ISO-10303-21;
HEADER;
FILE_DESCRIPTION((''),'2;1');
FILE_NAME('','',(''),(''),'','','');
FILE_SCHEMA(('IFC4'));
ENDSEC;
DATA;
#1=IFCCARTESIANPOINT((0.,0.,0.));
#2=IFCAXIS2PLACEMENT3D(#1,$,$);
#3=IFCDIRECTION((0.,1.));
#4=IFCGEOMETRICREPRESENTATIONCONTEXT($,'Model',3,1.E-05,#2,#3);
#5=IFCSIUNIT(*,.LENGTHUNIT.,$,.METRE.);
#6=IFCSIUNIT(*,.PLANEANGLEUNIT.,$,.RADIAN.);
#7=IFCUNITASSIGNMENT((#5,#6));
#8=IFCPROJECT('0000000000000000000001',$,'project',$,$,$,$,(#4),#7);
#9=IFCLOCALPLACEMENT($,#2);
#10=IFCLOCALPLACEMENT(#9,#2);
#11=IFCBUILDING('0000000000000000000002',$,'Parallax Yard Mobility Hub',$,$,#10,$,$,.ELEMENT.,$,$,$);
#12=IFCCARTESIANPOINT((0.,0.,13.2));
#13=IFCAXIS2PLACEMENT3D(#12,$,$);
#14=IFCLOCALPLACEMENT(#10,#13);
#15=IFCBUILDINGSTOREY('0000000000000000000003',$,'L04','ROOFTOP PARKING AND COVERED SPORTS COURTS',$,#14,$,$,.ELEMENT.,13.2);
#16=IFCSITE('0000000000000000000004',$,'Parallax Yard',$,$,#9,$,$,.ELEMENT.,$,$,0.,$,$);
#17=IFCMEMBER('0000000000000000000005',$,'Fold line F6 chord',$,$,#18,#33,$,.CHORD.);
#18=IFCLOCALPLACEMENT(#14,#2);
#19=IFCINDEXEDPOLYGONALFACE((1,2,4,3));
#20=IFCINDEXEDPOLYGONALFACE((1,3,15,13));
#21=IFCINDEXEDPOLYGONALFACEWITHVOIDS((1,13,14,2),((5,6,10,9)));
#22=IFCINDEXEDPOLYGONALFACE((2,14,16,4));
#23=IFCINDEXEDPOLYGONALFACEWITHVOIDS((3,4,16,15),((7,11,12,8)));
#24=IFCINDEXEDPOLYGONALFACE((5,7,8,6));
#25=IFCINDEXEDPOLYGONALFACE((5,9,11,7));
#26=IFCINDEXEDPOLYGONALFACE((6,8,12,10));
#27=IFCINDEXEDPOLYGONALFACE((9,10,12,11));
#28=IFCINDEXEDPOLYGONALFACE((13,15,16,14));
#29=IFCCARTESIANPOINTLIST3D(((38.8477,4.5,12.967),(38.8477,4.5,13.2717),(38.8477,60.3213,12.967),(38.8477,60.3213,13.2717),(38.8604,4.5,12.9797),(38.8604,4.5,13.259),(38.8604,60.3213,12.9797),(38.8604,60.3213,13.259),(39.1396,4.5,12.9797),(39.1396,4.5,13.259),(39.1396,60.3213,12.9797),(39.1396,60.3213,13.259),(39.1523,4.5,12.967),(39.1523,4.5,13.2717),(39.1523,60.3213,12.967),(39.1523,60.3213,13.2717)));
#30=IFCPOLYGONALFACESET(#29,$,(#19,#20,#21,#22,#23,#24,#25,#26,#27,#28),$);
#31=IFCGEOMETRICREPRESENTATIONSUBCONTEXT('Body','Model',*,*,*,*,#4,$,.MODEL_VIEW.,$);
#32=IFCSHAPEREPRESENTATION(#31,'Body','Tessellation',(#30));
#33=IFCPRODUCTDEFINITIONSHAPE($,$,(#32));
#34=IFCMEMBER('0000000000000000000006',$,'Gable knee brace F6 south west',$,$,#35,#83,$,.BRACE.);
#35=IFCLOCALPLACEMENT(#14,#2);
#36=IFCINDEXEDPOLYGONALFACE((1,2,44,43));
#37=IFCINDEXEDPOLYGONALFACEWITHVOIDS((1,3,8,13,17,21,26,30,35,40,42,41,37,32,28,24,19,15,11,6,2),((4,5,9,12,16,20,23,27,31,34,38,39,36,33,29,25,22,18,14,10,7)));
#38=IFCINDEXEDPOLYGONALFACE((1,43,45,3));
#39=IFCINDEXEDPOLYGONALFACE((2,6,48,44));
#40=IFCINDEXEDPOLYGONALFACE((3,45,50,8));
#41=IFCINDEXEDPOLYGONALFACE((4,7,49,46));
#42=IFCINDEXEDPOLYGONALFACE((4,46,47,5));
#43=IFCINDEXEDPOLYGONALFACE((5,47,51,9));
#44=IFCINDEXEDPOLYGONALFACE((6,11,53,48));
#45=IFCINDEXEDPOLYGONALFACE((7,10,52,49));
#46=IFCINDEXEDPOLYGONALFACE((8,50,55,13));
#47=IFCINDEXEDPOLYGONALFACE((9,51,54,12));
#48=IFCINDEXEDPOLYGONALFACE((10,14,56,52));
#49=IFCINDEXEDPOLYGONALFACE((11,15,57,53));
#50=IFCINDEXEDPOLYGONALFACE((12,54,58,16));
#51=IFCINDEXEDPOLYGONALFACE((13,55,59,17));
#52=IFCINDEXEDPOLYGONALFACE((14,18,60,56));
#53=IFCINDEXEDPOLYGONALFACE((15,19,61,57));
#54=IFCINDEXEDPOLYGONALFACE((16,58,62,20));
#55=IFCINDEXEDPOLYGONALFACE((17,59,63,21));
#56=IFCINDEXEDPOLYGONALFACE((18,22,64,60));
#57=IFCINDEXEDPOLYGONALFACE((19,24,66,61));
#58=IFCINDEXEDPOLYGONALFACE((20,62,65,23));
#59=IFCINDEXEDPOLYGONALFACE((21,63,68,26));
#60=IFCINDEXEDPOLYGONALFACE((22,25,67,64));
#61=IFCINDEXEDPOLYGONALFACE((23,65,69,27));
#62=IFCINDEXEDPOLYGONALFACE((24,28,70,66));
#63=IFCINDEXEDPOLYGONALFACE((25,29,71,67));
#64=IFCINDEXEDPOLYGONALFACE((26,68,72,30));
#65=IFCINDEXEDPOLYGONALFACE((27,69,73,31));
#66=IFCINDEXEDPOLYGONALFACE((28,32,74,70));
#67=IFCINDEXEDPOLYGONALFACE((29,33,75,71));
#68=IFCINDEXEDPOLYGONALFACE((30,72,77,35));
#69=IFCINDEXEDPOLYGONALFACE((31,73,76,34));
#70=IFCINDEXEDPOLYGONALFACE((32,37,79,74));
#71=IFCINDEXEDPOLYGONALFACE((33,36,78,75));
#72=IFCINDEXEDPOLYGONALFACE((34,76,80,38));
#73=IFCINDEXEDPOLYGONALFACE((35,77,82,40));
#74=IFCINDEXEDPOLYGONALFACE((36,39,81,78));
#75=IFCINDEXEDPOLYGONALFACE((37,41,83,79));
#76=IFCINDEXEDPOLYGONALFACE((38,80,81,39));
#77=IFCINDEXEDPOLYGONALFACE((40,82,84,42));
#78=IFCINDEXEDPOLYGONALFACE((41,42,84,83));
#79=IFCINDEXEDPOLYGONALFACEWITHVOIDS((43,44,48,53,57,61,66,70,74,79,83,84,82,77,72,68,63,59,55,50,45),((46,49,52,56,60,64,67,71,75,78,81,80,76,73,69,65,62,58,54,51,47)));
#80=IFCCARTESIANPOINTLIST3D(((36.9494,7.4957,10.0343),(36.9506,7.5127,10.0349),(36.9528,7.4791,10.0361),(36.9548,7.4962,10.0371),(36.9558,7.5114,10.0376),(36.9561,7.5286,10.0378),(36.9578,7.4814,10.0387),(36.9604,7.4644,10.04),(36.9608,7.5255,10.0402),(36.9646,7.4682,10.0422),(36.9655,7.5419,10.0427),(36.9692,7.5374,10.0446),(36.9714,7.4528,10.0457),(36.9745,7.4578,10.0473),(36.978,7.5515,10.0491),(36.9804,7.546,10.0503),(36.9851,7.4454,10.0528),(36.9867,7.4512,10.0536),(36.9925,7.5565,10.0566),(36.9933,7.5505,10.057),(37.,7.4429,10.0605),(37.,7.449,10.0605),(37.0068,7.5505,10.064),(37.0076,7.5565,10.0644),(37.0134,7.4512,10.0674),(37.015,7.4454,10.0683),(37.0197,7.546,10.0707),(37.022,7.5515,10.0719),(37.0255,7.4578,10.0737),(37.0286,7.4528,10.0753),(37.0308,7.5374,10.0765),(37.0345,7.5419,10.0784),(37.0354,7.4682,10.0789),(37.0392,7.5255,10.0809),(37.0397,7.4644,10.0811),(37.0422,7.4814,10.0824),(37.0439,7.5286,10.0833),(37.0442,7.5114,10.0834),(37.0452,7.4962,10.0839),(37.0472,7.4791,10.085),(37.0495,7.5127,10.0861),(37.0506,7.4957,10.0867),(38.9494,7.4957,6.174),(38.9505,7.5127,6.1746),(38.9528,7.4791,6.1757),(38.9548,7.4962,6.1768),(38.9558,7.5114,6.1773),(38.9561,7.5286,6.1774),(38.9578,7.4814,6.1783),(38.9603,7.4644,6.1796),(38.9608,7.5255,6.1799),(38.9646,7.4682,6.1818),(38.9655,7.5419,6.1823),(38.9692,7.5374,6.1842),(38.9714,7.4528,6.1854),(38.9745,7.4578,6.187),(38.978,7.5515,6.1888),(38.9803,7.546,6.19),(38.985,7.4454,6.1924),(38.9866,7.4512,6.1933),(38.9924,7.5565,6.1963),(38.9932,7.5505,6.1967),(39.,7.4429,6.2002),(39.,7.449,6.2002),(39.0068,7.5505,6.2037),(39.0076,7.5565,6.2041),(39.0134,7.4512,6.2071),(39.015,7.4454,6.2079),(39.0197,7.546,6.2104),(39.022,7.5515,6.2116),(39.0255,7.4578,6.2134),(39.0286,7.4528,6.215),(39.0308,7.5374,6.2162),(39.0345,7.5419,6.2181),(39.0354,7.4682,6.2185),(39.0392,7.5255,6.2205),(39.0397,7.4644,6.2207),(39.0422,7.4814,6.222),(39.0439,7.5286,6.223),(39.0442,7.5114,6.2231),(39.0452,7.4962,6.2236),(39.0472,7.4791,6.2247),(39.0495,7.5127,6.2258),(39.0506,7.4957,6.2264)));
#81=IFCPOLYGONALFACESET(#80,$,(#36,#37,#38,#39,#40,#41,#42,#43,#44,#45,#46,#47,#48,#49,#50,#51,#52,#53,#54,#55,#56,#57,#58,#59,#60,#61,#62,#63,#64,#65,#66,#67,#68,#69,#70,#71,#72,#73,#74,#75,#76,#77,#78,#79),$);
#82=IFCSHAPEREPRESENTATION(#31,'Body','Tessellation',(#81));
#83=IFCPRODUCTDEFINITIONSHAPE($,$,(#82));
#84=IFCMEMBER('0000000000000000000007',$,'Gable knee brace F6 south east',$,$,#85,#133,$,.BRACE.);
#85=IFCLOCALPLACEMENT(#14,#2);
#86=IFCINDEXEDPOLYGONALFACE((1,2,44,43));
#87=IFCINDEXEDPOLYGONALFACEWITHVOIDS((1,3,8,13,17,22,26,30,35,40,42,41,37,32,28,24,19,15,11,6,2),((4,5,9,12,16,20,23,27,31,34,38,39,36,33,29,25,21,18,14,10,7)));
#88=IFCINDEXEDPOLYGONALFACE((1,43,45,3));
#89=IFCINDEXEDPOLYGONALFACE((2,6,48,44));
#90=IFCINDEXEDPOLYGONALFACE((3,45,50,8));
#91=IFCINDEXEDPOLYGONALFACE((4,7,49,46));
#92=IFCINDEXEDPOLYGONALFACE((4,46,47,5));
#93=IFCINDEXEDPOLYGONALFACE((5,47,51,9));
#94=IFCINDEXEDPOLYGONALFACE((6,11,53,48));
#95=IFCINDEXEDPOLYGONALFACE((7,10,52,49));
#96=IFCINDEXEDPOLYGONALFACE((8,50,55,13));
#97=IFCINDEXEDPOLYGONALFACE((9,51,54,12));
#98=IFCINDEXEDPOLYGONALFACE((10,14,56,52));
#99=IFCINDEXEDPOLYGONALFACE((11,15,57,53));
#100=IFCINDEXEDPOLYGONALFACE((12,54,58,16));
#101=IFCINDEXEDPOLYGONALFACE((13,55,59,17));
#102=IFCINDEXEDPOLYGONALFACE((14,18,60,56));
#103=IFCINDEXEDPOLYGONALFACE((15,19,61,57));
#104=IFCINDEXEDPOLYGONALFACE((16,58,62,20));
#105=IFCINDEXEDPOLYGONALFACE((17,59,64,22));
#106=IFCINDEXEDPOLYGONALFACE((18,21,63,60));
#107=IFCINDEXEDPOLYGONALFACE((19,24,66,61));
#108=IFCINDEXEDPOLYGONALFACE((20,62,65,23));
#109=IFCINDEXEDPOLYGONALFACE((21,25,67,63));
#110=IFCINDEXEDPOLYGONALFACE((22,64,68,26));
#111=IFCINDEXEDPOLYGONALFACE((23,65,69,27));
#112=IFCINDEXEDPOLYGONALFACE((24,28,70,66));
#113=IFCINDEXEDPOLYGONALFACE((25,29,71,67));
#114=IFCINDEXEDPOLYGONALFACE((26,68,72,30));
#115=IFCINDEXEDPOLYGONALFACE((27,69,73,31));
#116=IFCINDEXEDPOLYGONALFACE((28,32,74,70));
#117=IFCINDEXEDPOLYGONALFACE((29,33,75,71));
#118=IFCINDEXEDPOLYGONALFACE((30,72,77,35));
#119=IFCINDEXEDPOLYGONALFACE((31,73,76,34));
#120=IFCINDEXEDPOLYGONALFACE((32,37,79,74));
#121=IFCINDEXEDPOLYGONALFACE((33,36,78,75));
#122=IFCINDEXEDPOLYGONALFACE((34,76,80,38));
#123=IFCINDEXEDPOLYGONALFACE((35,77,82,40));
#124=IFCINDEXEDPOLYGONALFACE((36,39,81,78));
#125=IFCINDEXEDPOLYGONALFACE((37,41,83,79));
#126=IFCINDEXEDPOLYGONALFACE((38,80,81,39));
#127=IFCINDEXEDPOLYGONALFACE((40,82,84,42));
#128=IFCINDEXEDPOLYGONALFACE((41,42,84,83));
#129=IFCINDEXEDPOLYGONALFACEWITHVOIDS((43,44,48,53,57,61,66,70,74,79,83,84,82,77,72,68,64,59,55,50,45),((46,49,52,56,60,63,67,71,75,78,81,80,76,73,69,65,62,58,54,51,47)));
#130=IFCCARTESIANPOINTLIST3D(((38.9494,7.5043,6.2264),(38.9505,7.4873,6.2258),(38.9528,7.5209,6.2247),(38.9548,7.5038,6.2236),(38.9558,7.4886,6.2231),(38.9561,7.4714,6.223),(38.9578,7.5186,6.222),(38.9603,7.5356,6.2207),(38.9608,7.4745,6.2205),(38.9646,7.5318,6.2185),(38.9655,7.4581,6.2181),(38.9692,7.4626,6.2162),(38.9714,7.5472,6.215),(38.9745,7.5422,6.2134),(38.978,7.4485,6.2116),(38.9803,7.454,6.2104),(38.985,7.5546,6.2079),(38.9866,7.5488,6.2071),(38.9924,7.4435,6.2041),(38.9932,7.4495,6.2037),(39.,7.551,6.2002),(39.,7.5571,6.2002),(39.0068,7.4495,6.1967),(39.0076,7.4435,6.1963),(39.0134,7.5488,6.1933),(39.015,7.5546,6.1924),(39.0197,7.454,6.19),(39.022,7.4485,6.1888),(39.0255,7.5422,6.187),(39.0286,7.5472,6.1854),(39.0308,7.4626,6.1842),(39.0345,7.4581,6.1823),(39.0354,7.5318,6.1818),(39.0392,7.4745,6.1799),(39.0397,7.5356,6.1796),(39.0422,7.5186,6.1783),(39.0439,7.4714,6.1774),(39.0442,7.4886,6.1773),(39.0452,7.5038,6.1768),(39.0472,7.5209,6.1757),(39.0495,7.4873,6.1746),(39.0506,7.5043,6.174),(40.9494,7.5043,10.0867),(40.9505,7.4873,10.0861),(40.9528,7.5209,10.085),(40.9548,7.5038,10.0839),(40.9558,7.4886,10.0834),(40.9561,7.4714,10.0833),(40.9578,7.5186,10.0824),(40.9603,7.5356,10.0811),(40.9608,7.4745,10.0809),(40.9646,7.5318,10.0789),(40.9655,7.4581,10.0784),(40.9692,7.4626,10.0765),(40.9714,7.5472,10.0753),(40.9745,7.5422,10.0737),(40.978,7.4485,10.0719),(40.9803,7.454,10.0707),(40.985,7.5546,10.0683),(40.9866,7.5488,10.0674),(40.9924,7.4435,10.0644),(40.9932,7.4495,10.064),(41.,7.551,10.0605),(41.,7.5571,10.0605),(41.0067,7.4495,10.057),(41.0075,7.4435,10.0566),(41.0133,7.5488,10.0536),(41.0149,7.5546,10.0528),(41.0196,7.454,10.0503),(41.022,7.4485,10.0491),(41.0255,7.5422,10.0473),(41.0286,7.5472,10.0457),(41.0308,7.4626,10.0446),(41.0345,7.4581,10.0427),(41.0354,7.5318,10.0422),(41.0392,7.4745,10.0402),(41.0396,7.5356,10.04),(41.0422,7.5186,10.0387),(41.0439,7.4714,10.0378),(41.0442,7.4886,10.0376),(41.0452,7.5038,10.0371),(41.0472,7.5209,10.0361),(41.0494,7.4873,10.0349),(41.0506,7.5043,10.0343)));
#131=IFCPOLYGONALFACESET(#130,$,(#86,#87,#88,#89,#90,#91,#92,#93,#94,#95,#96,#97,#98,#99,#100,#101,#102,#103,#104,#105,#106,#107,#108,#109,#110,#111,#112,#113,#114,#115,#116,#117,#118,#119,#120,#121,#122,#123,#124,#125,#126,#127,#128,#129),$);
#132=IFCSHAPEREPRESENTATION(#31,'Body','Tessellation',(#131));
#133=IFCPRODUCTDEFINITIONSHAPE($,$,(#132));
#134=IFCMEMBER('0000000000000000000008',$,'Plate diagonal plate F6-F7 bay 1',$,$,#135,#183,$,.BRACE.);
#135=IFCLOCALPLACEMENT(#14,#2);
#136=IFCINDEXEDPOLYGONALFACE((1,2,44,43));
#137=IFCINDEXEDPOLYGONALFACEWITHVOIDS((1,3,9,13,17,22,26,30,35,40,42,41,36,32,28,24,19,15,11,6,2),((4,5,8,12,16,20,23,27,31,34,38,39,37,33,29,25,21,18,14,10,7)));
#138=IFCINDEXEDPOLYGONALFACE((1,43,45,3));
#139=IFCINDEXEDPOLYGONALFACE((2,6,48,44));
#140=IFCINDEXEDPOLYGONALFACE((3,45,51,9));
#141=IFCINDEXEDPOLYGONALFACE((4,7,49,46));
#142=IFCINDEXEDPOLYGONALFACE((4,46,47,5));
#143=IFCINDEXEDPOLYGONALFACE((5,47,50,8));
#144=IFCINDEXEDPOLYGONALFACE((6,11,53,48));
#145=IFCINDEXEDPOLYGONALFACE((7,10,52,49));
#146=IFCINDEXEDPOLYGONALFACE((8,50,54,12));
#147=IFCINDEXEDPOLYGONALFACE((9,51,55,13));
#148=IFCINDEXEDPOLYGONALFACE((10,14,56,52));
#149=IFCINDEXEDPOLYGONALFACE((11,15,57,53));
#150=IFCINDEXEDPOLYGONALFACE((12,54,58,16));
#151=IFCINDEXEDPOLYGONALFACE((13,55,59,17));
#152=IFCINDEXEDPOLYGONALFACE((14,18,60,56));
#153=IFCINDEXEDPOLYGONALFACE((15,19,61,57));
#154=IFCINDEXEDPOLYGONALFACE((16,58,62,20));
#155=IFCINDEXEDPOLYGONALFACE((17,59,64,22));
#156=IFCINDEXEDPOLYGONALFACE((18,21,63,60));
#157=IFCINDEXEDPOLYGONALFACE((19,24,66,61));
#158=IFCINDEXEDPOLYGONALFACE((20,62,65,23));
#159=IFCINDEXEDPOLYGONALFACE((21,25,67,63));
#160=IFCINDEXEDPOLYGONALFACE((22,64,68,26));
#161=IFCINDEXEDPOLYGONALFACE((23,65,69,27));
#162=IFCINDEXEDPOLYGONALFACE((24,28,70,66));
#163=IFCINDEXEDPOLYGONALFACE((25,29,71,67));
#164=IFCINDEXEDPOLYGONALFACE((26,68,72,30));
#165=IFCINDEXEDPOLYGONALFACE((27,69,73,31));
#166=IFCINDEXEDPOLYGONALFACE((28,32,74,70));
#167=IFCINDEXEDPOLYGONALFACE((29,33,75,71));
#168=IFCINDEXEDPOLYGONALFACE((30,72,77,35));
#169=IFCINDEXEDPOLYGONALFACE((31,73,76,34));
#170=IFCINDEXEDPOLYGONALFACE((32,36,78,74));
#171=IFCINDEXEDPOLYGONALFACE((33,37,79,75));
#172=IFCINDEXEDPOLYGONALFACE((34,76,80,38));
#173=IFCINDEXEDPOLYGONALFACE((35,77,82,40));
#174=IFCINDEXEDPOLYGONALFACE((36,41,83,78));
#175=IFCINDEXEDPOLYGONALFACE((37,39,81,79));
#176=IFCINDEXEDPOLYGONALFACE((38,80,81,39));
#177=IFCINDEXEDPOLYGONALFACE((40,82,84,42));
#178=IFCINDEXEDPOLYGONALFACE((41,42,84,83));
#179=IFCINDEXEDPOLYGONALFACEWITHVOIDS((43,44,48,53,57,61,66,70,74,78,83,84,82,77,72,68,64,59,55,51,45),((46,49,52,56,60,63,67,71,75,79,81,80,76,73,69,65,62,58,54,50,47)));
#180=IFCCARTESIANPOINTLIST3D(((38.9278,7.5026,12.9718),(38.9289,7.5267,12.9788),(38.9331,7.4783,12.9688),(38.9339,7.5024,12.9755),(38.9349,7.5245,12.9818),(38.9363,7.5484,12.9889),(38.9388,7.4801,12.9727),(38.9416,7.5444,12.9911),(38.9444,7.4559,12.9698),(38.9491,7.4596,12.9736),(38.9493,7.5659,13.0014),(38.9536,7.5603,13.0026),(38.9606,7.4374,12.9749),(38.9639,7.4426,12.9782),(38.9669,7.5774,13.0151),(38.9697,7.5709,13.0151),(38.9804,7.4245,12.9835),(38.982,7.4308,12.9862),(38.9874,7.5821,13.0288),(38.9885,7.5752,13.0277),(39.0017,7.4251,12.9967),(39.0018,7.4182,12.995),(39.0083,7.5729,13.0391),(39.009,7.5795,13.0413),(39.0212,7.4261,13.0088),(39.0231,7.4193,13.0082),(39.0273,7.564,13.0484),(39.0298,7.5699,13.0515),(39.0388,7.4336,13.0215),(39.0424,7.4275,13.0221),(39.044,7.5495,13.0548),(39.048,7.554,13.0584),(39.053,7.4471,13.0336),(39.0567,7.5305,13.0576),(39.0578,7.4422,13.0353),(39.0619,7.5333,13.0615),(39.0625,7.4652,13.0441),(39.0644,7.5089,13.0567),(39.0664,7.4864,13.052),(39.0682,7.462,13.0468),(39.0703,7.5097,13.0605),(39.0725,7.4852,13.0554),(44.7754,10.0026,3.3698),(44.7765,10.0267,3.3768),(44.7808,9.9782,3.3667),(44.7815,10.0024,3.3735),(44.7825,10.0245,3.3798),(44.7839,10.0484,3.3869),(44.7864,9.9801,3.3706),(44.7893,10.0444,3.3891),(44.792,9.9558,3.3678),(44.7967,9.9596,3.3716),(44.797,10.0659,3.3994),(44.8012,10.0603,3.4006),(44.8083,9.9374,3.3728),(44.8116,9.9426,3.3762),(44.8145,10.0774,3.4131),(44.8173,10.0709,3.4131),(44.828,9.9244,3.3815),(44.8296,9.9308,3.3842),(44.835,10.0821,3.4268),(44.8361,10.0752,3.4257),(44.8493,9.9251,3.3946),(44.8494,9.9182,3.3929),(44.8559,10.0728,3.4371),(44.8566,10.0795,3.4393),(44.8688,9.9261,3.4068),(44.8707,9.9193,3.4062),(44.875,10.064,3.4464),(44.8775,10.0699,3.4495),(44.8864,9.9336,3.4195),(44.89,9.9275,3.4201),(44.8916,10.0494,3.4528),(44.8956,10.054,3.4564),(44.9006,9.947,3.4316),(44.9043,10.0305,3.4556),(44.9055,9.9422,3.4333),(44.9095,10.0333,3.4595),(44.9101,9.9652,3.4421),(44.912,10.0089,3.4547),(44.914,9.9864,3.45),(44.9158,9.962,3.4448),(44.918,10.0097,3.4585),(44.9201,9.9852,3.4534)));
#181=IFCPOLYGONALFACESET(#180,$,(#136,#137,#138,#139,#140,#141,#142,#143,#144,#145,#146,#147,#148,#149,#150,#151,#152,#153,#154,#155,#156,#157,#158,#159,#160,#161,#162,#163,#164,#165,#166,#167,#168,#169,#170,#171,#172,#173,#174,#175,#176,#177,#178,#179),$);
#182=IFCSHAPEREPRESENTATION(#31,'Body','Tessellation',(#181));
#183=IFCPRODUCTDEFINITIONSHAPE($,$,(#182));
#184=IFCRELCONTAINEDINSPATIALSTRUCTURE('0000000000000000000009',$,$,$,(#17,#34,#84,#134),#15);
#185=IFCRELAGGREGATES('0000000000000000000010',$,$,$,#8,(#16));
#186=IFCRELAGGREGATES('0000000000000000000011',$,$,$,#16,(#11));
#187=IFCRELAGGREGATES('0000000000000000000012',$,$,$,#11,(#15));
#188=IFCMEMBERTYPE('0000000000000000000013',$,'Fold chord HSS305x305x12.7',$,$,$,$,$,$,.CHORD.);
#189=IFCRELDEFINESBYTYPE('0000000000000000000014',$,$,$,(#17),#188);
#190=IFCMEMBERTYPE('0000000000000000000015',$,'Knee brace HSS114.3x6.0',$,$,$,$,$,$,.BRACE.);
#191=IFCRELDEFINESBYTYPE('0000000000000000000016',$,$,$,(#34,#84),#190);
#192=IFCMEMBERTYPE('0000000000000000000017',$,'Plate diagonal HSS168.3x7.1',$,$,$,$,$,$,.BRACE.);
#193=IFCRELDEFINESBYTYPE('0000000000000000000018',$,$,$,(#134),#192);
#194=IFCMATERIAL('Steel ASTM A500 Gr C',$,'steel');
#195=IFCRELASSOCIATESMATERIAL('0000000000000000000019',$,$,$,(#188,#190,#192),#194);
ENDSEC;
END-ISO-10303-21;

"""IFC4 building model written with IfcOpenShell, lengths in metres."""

from ifc_helpers import new_model, si_unit, direction, frame, origin, origin_2d, place, context, subcontext, project, spatial, hollow_rectangle, hollow_circle, extrude, material, material_profile, profile_set, type_object, element, save


model = new_model("IFC4")

# Units and contexts
model_context = context("Model", 3, precision=1e-05, world=origin(), true_north=direction((0.0, 1.0)))
body_context = subcontext(model_context, "Body", "Model", "MODEL_VIEW")
ifc_project = project(units=[si_unit("LENGTHUNIT", "METRE"), si_unit("PLANEANGLEUNIT", "RADIAN")], contexts=[model_context])

# Site, building, storey
site_placement = place(None, origin())
site = spatial("IfcSite", under=ifc_project, at=site_placement, Name="Parallax Yard", CompositionType="ELEMENT", RefElevation=0.0)
building_placement = place(site_placement, origin())
building = spatial("IfcBuilding", under=site, at=building_placement, Name="Parallax Yard Mobility Hub", CompositionType="ELEMENT")
storey_placement = place(building_placement, frame((0.0, 0.0, 13.2)))
storey = spatial("IfcBuildingStorey", under=building, at=storey_placement, Name="L04", Description="ROOFTOP PARKING AND COVERED SPORTS COURTS", CompositionType="ELEMENT", Elevation=13.2)

# Members
ifc_material_1 = material(Name="Steel ASTM A500 Gr C", Category="steel")
ifc_material_profile_1 = material_profile(ifc_material_1, hollow_rectangle(XDim=0.3047, YDim=0.3047, WallThickness=0.0127, at=origin_2d()), Name="HSS305x305x12.7")
ifc_profile_set_1 = profile_set([ifc_material_profile_1], Name="Steel ASTM A500 Gr C")
member_type_1 = type_object("IfcMemberType", Name="Fold chord HSS305x305x12.7", PredefinedType="CHORD", material=ifc_profile_set_1)
member_1_placement = place(storey_placement, frame((39.0, 4.5, 13.1194), z_axis=(0.0, 1.0, 0.0), x_axis=(-1.0, 0.0, 0.0)))
element("IfcMember", 1, at=member_1_placement, inside=storey, type_object=member_type_1, Name="Fold line F6 chord", PredefinedType="CHORD", context=body_context, shape_type="SweptSolid", body=[
    extrude(hollow_rectangle(XDim=0.3047, YDim=0.3047, WallThickness=0.0127, at=origin_2d()), origin(), (0.0, 0.0, 1.0), 55.8213),
])
ifc_material_profile_2 = material_profile(ifc_material_1, hollow_circle(Radius=0.0571, WallThickness=0.0061, at=origin_2d()), Name="HSS114.3x6.0")
ifc_profile_set_2 = profile_set([ifc_material_profile_2], Name="Steel ASTM A500 Gr C")
member_type_2 = type_object("IfcMemberType", Name="Knee brace HSS114.3x6.0", PredefinedType="BRACE", material=ifc_profile_set_2)
for number, where, z_axis, x_axis, name in (
    (2, (39.0, 7.5, 6.2002), (-0.460016, 0.0, 0.887911), (0.0, -1.0, 0.0), "Gable knee brace F6 south west"),
    (3, (39.0, 7.5, 6.2002), (0.460016, 0.0, 0.887911), (0.0, 1.0, 0.0), "Gable knee brace F6 south east"),
):
    element("IfcMember", number, at=place(storey_placement, frame(where, z_axis=z_axis, x_axis=x_axis)), inside=storey, type_object=member_type_2, Name=name, PredefinedType="BRACE", context=body_context, shape_type="SweptSolid", body=[
        extrude(hollow_circle(Radius=0.0571, WallThickness=0.0061, at=origin_2d()), origin(), (0.0, 0.0, 1.0), 4.3477),
    ])
ifc_material_profile_3 = material_profile(ifc_material_1, hollow_circle(Radius=0.0842, WallThickness=0.0071, at=origin_2d()), Name="HSS168.3x7.1")
ifc_profile_set_3 = profile_set([ifc_material_profile_3], Name="Steel ASTM A500 Gr C")
member_type_3 = type_object("IfcMemberType", Name="Plate diagonal HSS168.3x7.1", PredefinedType="BRACE", material=ifc_profile_set_3)
for number, where, z_axis, x_axis, name in (
    (4, (39.0, 7.5, 13.0151), (0.507735, 0.217068, -0.833718), (-0.393104, 0.919494, 0.0), "Plate diagonal plate F6-F7 bay 1"),
):
    element("IfcMember", number, at=place(storey_placement, frame(where, z_axis=z_axis, x_axis=x_axis)), inside=storey, type_object=member_type_3, Name=name, PredefinedType="BRACE", context=body_context, shape_type="SweptSolid", body=[
        extrude(hollow_circle(Radius=0.0842, WallThickness=0.0071, at=origin_2d()), origin(), (0.0, 0.0, 1.0), 11.5171),
    ])

save(model, "model.ifc")
